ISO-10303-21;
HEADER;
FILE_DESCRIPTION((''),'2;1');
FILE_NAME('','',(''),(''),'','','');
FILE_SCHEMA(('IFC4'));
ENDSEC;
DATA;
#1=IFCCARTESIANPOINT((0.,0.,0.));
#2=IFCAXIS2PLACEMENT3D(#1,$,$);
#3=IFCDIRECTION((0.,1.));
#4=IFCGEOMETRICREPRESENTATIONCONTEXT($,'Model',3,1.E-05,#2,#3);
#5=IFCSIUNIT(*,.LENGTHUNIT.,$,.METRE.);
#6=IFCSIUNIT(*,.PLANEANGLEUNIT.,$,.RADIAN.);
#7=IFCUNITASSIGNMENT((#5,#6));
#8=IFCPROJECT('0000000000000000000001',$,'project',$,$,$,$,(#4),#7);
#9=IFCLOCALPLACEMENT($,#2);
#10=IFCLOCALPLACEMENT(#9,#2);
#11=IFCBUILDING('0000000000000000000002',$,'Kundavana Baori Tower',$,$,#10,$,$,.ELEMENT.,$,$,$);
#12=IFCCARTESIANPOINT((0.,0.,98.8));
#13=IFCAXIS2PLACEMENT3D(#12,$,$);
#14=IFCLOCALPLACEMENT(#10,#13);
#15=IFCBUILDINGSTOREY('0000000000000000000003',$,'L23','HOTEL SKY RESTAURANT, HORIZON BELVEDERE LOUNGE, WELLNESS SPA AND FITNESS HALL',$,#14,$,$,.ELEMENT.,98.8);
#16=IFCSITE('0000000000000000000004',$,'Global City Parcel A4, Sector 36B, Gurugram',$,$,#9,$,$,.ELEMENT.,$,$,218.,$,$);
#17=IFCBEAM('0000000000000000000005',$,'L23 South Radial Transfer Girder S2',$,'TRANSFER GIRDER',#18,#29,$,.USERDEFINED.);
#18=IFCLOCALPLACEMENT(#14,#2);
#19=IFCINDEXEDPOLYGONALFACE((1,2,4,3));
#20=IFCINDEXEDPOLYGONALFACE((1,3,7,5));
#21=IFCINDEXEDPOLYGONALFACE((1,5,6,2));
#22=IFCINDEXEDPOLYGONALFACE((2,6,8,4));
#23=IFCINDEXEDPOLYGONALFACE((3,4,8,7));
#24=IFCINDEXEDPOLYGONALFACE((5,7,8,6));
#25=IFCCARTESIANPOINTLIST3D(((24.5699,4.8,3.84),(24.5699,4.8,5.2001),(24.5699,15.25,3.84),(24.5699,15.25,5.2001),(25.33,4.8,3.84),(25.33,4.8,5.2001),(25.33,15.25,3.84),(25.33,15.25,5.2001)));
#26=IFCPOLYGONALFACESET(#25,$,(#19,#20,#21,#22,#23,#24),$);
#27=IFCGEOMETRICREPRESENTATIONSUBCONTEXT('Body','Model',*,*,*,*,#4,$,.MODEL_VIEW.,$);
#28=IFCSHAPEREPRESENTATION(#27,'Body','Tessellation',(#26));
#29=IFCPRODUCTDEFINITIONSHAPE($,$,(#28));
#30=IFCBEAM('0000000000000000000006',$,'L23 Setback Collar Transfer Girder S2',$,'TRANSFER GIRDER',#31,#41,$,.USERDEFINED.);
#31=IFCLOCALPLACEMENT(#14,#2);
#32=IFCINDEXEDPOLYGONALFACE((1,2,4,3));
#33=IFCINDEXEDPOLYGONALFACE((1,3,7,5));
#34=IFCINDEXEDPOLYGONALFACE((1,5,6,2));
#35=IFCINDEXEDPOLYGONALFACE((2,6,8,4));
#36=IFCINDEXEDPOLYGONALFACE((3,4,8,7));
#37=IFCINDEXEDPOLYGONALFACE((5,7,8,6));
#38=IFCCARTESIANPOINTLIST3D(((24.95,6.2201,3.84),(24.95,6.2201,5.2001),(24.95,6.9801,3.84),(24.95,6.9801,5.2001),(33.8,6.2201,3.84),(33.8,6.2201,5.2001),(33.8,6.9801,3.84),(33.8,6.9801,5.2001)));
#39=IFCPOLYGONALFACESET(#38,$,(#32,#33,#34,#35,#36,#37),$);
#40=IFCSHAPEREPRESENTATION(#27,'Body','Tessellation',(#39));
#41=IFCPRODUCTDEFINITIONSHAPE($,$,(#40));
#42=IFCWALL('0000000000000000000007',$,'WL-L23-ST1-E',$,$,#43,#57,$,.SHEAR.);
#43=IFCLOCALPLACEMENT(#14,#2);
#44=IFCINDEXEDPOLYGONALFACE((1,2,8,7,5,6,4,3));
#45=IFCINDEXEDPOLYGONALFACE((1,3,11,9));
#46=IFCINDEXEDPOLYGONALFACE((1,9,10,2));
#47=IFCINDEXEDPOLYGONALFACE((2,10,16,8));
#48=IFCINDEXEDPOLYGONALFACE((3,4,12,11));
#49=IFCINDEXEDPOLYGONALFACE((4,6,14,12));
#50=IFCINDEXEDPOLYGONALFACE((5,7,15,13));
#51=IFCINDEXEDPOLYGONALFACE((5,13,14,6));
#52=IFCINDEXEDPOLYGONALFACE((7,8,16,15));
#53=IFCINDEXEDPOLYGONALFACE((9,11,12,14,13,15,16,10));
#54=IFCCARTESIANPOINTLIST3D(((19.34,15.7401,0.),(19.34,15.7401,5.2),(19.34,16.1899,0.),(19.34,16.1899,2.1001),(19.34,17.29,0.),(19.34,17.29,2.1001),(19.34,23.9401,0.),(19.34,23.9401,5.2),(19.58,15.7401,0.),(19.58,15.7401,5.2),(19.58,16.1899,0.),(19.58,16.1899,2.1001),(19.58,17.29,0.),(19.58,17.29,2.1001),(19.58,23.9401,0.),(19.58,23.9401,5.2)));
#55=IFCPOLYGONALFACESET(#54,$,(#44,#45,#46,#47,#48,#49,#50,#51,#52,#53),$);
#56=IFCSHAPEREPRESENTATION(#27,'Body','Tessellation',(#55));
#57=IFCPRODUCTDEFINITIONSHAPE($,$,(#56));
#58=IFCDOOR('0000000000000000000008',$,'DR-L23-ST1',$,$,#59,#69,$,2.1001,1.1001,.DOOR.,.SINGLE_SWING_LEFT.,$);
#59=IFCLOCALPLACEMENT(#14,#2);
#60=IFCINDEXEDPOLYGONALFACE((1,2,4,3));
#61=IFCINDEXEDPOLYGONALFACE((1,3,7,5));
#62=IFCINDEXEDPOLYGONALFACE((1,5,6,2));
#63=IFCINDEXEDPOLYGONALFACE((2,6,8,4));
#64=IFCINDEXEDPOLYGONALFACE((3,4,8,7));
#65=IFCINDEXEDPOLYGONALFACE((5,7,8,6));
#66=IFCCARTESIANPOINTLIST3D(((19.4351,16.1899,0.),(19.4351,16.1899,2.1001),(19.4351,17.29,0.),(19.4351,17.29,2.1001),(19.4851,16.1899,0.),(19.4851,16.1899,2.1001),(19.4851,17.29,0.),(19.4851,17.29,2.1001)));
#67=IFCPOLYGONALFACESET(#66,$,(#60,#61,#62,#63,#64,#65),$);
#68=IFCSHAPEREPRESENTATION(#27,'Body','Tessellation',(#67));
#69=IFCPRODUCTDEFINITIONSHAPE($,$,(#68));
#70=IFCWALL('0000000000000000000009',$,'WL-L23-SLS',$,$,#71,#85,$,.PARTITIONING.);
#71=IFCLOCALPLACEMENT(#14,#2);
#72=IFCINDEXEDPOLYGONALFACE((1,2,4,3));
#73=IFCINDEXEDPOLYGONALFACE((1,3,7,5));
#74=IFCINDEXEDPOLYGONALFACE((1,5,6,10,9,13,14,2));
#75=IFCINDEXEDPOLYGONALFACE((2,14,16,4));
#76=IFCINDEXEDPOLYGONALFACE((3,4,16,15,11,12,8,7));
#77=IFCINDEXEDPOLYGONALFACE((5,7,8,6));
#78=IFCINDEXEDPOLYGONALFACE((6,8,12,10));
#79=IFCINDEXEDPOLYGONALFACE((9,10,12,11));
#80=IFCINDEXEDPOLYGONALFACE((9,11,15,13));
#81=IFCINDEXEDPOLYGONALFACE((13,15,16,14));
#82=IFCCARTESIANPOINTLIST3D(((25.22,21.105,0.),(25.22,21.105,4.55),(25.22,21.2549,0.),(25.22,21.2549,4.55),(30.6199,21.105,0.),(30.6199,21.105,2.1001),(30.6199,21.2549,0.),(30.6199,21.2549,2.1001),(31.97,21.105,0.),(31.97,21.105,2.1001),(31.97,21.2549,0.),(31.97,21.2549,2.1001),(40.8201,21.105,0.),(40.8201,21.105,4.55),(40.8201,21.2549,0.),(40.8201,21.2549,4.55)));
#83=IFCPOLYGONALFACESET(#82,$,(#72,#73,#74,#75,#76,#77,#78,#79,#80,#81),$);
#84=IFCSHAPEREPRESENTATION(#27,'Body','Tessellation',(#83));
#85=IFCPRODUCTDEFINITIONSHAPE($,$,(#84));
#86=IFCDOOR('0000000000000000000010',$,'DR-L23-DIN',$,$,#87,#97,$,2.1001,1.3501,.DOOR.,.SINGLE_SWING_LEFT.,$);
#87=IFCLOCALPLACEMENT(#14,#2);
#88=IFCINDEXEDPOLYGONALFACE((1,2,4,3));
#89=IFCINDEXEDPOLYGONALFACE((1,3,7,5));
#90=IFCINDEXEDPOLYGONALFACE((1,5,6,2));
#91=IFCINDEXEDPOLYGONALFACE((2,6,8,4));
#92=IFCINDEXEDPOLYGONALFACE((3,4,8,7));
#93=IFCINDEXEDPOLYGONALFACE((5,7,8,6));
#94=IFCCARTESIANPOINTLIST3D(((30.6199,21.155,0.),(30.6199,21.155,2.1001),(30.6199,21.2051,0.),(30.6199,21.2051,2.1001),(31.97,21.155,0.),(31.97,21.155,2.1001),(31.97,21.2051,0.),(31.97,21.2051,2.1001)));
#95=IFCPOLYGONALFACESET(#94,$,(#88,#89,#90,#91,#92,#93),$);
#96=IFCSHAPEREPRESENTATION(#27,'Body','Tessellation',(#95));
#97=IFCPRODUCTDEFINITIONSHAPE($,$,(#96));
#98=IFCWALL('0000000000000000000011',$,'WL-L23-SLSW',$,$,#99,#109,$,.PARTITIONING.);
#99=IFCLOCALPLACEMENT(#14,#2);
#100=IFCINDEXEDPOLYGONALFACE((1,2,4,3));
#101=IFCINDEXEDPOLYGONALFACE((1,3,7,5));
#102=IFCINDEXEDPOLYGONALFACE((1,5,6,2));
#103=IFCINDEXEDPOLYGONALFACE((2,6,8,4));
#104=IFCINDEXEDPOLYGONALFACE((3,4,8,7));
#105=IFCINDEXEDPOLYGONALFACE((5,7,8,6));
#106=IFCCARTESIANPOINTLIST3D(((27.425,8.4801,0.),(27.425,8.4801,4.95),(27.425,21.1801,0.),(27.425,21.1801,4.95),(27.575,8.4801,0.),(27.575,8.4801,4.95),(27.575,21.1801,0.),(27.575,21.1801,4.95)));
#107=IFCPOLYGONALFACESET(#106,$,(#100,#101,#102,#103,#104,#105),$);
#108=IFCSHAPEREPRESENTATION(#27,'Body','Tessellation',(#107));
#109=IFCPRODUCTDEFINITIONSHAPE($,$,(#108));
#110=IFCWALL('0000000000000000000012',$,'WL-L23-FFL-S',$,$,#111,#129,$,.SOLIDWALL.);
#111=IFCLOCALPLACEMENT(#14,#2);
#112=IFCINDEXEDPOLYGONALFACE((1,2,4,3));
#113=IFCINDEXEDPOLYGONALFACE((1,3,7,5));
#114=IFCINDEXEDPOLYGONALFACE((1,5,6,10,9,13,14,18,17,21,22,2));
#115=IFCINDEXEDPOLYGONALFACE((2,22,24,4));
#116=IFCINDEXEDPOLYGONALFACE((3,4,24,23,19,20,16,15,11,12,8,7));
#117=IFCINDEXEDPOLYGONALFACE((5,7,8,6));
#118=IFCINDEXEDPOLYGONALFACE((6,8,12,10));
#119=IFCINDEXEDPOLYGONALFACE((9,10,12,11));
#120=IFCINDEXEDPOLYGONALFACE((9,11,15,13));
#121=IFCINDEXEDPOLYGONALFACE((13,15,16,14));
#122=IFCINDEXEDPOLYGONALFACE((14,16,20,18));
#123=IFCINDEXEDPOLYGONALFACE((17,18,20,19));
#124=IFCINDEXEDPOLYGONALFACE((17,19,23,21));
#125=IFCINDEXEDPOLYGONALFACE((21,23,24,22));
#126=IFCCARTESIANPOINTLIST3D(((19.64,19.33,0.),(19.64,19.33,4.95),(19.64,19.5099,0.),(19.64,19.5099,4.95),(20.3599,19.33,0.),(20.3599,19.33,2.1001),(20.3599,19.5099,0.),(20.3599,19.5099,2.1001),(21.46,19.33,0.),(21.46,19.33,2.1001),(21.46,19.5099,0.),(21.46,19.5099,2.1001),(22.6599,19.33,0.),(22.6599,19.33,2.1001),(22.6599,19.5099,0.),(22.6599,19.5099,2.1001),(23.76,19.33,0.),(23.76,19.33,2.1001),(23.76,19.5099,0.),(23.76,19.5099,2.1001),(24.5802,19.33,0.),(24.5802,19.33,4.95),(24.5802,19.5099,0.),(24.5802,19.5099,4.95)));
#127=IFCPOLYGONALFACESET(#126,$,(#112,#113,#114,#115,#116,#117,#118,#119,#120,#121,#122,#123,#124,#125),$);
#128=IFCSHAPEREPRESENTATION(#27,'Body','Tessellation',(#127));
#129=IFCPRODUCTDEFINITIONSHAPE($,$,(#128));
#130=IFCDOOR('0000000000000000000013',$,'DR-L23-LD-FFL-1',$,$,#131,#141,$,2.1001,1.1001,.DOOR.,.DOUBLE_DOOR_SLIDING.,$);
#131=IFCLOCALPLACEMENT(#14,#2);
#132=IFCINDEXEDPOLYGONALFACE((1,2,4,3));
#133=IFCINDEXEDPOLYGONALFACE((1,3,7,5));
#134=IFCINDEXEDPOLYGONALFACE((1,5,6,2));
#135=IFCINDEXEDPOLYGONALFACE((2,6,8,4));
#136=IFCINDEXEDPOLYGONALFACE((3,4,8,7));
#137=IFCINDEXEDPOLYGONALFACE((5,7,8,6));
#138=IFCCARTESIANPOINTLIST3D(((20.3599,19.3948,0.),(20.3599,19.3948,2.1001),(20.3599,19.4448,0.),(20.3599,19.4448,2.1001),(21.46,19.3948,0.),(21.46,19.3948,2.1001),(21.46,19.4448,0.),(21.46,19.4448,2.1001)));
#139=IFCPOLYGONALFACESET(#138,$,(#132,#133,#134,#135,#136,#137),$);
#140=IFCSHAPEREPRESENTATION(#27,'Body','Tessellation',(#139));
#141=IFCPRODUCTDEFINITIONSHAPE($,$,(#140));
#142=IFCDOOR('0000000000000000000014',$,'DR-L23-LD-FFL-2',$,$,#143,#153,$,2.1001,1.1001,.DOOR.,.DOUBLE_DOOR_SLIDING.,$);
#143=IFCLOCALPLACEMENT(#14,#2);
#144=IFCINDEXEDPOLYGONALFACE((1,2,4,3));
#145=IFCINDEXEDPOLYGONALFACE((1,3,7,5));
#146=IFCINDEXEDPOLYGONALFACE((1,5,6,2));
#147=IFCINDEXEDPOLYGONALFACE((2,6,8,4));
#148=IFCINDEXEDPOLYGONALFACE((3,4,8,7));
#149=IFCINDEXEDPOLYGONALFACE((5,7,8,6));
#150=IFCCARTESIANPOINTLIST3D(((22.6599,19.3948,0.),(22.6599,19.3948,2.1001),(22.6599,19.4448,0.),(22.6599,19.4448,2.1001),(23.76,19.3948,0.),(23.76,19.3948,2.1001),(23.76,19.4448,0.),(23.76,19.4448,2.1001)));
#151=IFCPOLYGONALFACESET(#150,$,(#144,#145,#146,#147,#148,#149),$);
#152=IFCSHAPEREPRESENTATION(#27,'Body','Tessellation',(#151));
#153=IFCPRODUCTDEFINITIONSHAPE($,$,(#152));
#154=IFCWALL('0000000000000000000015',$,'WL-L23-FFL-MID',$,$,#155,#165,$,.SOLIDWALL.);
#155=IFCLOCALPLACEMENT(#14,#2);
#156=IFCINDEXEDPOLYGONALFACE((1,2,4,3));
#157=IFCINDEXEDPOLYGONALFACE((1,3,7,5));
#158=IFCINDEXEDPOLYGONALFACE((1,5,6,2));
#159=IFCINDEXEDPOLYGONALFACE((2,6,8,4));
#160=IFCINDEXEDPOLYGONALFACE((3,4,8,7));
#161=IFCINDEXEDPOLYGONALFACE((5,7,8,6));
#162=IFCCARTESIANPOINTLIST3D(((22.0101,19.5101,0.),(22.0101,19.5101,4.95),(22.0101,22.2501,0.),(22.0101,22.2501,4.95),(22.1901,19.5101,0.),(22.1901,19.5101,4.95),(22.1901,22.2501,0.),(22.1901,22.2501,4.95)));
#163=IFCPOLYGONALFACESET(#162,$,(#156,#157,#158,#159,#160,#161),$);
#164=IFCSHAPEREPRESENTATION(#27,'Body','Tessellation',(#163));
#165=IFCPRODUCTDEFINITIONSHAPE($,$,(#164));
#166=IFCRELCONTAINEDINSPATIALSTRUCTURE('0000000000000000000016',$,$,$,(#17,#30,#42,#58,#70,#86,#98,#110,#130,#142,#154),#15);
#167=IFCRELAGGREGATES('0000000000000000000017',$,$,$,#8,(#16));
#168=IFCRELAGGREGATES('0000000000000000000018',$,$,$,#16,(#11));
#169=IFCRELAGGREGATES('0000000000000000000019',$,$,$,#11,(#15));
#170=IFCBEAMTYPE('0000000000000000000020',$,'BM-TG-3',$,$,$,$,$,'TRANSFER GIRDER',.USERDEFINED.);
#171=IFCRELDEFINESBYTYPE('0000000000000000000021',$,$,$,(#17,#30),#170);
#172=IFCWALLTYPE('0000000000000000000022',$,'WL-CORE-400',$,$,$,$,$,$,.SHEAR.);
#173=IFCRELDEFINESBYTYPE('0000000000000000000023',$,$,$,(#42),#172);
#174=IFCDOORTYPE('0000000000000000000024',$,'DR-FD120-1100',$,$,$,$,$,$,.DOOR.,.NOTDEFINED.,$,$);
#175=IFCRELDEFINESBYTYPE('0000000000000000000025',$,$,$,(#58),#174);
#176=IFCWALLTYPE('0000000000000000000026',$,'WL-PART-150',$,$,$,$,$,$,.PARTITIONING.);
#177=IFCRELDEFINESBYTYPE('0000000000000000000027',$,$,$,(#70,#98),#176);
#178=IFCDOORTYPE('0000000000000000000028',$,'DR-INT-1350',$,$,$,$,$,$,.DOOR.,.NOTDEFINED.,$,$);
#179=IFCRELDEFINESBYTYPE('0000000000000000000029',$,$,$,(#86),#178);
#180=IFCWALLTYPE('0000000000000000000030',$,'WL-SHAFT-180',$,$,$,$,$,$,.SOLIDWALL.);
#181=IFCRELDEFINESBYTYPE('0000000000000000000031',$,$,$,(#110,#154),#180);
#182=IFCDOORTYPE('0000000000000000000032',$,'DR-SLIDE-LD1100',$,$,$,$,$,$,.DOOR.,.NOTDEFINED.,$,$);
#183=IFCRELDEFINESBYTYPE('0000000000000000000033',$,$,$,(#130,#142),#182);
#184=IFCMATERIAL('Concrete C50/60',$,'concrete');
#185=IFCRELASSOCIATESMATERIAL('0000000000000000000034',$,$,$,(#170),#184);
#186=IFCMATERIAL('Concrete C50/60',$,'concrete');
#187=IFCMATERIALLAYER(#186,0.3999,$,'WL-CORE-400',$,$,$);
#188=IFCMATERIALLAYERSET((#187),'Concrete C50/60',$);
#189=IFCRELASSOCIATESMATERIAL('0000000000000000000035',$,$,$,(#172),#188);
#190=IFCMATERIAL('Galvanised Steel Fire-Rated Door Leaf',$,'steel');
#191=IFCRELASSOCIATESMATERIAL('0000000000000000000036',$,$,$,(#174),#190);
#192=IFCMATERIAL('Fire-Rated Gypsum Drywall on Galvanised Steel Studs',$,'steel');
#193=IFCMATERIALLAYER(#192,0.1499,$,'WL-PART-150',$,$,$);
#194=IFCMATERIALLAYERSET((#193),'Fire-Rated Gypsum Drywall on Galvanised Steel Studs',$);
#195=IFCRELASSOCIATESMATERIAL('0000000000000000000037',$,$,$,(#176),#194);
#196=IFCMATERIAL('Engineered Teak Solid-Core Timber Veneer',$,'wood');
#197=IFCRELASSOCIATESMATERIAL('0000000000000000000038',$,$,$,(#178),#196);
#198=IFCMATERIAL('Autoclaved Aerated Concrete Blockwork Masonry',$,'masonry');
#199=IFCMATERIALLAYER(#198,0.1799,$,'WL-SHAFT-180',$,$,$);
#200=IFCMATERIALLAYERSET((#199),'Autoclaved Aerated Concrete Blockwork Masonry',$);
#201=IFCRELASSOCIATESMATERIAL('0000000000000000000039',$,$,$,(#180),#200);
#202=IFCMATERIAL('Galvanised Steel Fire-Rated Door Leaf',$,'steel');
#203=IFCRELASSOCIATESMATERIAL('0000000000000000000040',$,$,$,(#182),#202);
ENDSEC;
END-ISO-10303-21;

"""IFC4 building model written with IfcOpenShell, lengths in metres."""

from ifc_helpers import new_model, si_unit, direction, frame, frame_2d, origin, origin_2d, place, context, subcontext, project, spatial, rectangle, extrude, material, layer, layer_set, material_profile, profile_set, type_object, element, fill, save


model = new_model("IFC4")

# Units and contexts
model_context = context("Model", 3, precision=1e-05, world=origin(), true_north=direction((0.0, 1.0)))
body_context = subcontext(model_context, "Body", "Model", "MODEL_VIEW")
ifc_project = project(units=[si_unit("LENGTHUNIT", "METRE"), si_unit("PLANEANGLEUNIT", "RADIAN")], contexts=[model_context])

# Site, building, storey
site_placement = place(None, origin())
site = spatial("IfcSite", under=ifc_project, at=site_placement, Name="Global City Parcel A4, Sector 36B, Gurugram", CompositionType="ELEMENT", RefElevation=218.0)
building_placement = place(site_placement, origin())
building = spatial("IfcBuilding", under=site, at=building_placement, Name="Kundavana Baori Tower", CompositionType="ELEMENT")
storey_placement = place(building_placement, frame((0.0, 0.0, 98.8)))
storey = spatial("IfcBuildingStorey", under=building, at=storey_placement, Name="L23", Description="HOTEL SKY RESTAURANT, HORIZON BELVEDERE LOUNGE, WELLNESS SPA AND FITNESS HALL", CompositionType="ELEMENT", Elevation=98.8)

# Beams
ifc_material_1 = material(Name="Concrete C50/60", Category="concrete")
ifc_material_profile_1 = material_profile(ifc_material_1, rectangle(XDim=0.76, YDim=1.3601, at=origin_2d()), Name="BM-TG-3")
ifc_profile_set_1 = profile_set([ifc_material_profile_1], Name="Concrete C50/60")
beam_type_1 = type_object("IfcBeamType", Name="BM-TG-3", ElementType="TRANSFER GIRDER", PredefinedType="USERDEFINED", material=ifc_profile_set_1)
beam_1_placement = place(storey_placement, frame((24.95, 15.25, 4.52), z_axis=(0.0, -1.0, 0.0), x_axis=(1.0, 0.0, 0.0)))
element("IfcBeam", 1, at=beam_1_placement, inside=storey, type_object=beam_type_1, Name="L23 South Radial Transfer Girder S2", ObjectType="TRANSFER GIRDER", PredefinedType="USERDEFINED", context=body_context, shape_type="SweptSolid", body=[
    extrude(rectangle(XDim=0.76, YDim=1.3601, at=origin_2d()), origin(), (0.0, 0.0, 1.0), 10.45),
])
beam_2_placement = place(storey_placement, frame((24.95, 6.6001, 4.52), z_axis=(1.0, 0.0, 0.0), x_axis=(0.0, 1.0, 0.0)))
element("IfcBeam", 2, at=beam_2_placement, inside=storey, type_object=beam_type_1, Name="L23 Setback Collar Transfer Girder S2", ObjectType="TRANSFER GIRDER", PredefinedType="USERDEFINED", context=body_context, shape_type="SweptSolid", body=[
    extrude(rectangle(XDim=0.76, YDim=1.3601, at=origin_2d()), origin(), (0.0, 0.0, 1.0), 8.8501),
])

# Wall, opening, door
ifc_material_2 = material(Name="Concrete C50/60", Category="concrete")
ifc_layer_1 = layer(ifc_material_2, 0.3999, Name="WL-CORE-400")
ifc_layer_set_1 = layer_set([ifc_layer_1], Name="Concrete C50/60")
wall_type_1 = type_object("IfcWallType", Name="WL-CORE-400", PredefinedType="SHEAR", material=ifc_layer_set_1)
wall_1_placement = place(storey_placement, frame((19.46, 15.74, 0.0), z_axis=(0.0, 0.0, 1.0), x_axis=(0.0, 1.0, 0.0)))
wall_1 = element("IfcWall", 3, at=wall_1_placement, inside=storey, type_object=wall_type_1, Name="WL-L23-ST1-E", PredefinedType="SHEAR", context=body_context, shape_type="SweptSolid", body=[
    extrude(rectangle(XDim=8.2, YDim=0.24, at=frame_2d((4.1001, 0.0))), origin(), (0.0, 0.0, 1.0), 5.2),
])
opening_1_placement = place(wall_1_placement, frame((0.45, 0.0, 0.0)))
opening_1 = element("IfcOpeningElement", 4, at=opening_1_placement, cuts=wall_1, PredefinedType="OPENING", context=body_context, shape_type="SweptSolid", body=[
    extrude(rectangle(XDim=1.1001, YDim=2.1001, at=frame_2d((0.55, 1.05))), frame((0.0, 0.1299, 0.0), z_axis=(0.0, -1.0, 0.0), x_axis=(1.0, 0.0, 0.0)), (0.0, 0.0, 1.0), 0.26),
])
ifc_material_3 = material(Name="Galvanised Steel Fire-Rated Door Leaf", Category="steel")
door_type_1 = type_object("IfcDoorType", Name="DR-FD120-1100", OperationType="NOTDEFINED", PredefinedType="DOOR", material=ifc_material_3)
door_1_placement = place(opening_1_placement, origin())
door_1 = element("IfcDoor", 5, at=door_1_placement, inside=storey, type_object=door_type_1, Name="DR-L23-ST1", OperationType="SINGLE_SWING_LEFT", OverallHeight=2.1001, OverallWidth=1.1001, PredefinedType="DOOR", context=body_context, shape_type="SweptSolid", body=[
    extrude(rectangle(XDim=1.1001, YDim=2.1001, at=frame_2d((0.55, 1.05))), frame((0.0, 0.0249, 0.0), z_axis=(0.0, -1.0, 0.0), x_axis=(1.0, 0.0, 0.0)), (0.0, 0.0, 1.0), 0.05),
])
fill(opening_1, door_1)

# Wall, opening, door
ifc_material_4 = material(Name="Fire-Rated Gypsum Drywall on Galvanised Steel Studs", Category="steel")
ifc_layer_2 = layer(ifc_material_4, 0.1499, Name="WL-PART-150")
ifc_layer_set_2 = layer_set([ifc_layer_2], Name="Fire-Rated Gypsum Drywall on Galvanised Steel Studs")
wall_type_2 = type_object("IfcWallType", Name="WL-PART-150", PredefinedType="PARTITIONING", material=ifc_layer_set_2)
wall_2_placement = place(storey_placement, frame((25.22, 21.1799, 0.0), z_axis=(0.0, 0.0, 1.0), x_axis=(1.0, 0.0, 0.0)))
wall_2 = element("IfcWall", 6, at=wall_2_placement, inside=storey, type_object=wall_type_2, Name="WL-L23-SLS", PredefinedType="PARTITIONING", context=body_context, shape_type="SweptSolid", body=[
    extrude(rectangle(XDim=15.6001, YDim=0.1499, at=frame_2d((7.8, 0.0))), origin(), (0.0, 0.0, 1.0), 4.55),
])
opening_2_placement = place(wall_2_placement, frame((5.3999, 0.0, 0.0)))
opening_2 = element("IfcOpeningElement", 7, at=opening_2_placement, cuts=wall_2, PredefinedType="OPENING", context=body_context, shape_type="SweptSolid", body=[
    extrude(rectangle(XDim=1.3501, YDim=2.1001, at=frame_2d((0.675, 1.05))), frame((0.0, 0.085, 0.0), z_axis=(0.0, -1.0, 0.0), x_axis=(1.0, 0.0, 0.0)), (0.0, 0.0, 1.0), 0.1699),
])
ifc_material_5 = material(Name="Engineered Teak Solid-Core Timber Veneer", Category="wood")
door_type_2 = type_object("IfcDoorType", Name="DR-INT-1350", OperationType="NOTDEFINED", PredefinedType="DOOR", material=ifc_material_5)
door_2_placement = place(opening_2_placement, frame((1.3501, 0.0, 0.0), z_axis=(0.0, 0.0, 1.0), x_axis=(-1.0, 0.0, 0.0)))
door_2 = element("IfcDoor", 8, at=door_2_placement, inside=storey, type_object=door_type_2, Name="DR-L23-DIN", OperationType="SINGLE_SWING_LEFT", OverallHeight=2.1001, OverallWidth=1.3501, PredefinedType="DOOR", context=body_context, shape_type="SweptSolid", body=[
    extrude(rectangle(XDim=1.3501, YDim=2.1001, at=frame_2d((0.675, 1.05))), frame((0.0, 0.0249, 0.0), z_axis=(0.0, -1.0, 0.0), x_axis=(1.0, 0.0, 0.0)), (0.0, 0.0, 1.0), 0.05),
])
fill(opening_2, door_2)

# Wall
wall_3_placement = place(storey_placement, frame((27.5, 8.48, 0.0), z_axis=(0.0, 0.0, 1.0), x_axis=(0.0, 1.0, 0.0)))
element("IfcWall", 9, at=wall_3_placement, inside=storey, type_object=wall_type_2, Name="WL-L23-SLSW", PredefinedType="PARTITIONING", context=body_context, shape_type="SweptSolid", body=[
    extrude(rectangle(XDim=12.7, YDim=0.1499, at=frame_2d((6.3501, 0.0))), origin(), (0.0, 0.0, 1.0), 4.95),
])

# Wall, openings, doors
ifc_material_6 = material(Name="Autoclaved Aerated Concrete Blockwork Masonry", Category="masonry")
ifc_layer_3 = layer(ifc_material_6, 0.1799, Name="WL-SHAFT-180")
ifc_layer_set_3 = layer_set([ifc_layer_3], Name="Autoclaved Aerated Concrete Blockwork Masonry")
wall_type_3 = type_object("IfcWallType", Name="WL-SHAFT-180", PredefinedType="SOLIDWALL", material=ifc_layer_set_3)
wall_4_placement = place(storey_placement, frame((19.6399, 19.4199, 0.0), z_axis=(0.0, 0.0, 1.0), x_axis=(1.0, 0.0, 0.0)))
wall_4 = element("IfcWall", 10, at=wall_4_placement, inside=storey, type_object=wall_type_3, Name="WL-L23-FFL-S", PredefinedType="SOLIDWALL", context=body_context, shape_type="SweptSolid", body=[
    extrude(rectangle(XDim=4.9402, YDim=0.1799, at=frame_2d((2.4702, 0.0))), origin(), (0.0, 0.0, 1.0), 4.95),
])
opening_3_placement = place(wall_4_placement, frame((0.72, 0.0, 0.0)))
opening_3 = element("IfcOpeningElement", 11, at=opening_3_placement, cuts=wall_4, PredefinedType="OPENING", context=body_context, shape_type="SweptSolid", body=[
    extrude(rectangle(XDim=1.1001, YDim=2.1001, at=frame_2d((0.55, 1.05))), frame((0.0, 0.1001, 0.0), z_axis=(0.0, -1.0, 0.0), x_axis=(1.0, 0.0, 0.0)), (0.0, 0.0, 1.0), 0.2),
])
opening_4_placement = place(wall_4_placement, frame((3.02, 0.0, 0.0)))
opening_4 = element("IfcOpeningElement", 12, at=opening_4_placement, cuts=wall_4, PredefinedType="OPENING", context=body_context, shape_type="SweptSolid", body=[
    extrude(rectangle(XDim=1.1001, YDim=2.1001, at=frame_2d((0.55, 1.05))), frame((0.0, 0.1001, 0.0), z_axis=(0.0, -1.0, 0.0), x_axis=(1.0, 0.0, 0.0)), (0.0, 0.0, 1.0), 0.2),
])
ifc_material_7 = material(Name="Galvanised Steel Fire-Rated Door Leaf", Category="steel")
door_type_3 = type_object("IfcDoorType", Name="DR-SLIDE-LD1100", OperationType="NOTDEFINED", PredefinedType="DOOR", material=ifc_material_7)
door_3_placement = place(opening_3_placement, origin())
door_3 = element("IfcDoor", 13, at=door_3_placement, inside=storey, type_object=door_type_3, Name="DR-L23-LD-FFL-1", OperationType="DOUBLE_DOOR_SLIDING", OverallHeight=2.1001, OverallWidth=1.1001, PredefinedType="DOOR", context=body_context, shape_type="SweptSolid", body=[
    extrude(rectangle(XDim=1.1001, YDim=2.1001, at=frame_2d((0.55, 1.05))), frame((0.0, 0.0249, 0.0), z_axis=(0.0, -1.0, 0.0), x_axis=(1.0, 0.0, 0.0)), (0.0, 0.0, 1.0), 0.05),
])
fill(opening_3, door_3)
door_4_placement = place(opening_4_placement, origin())
door_4 = element("IfcDoor", 14, at=door_4_placement, inside=storey, type_object=door_type_3, Name="DR-L23-LD-FFL-2", OperationType="DOUBLE_DOOR_SLIDING", OverallHeight=2.1001, OverallWidth=1.1001, PredefinedType="DOOR", context=body_context, shape_type="SweptSolid", body=[
    extrude(rectangle(XDim=1.1001, YDim=2.1001, at=frame_2d((0.55, 1.05))), frame((0.0, 0.0249, 0.0), z_axis=(0.0, -1.0, 0.0), x_axis=(1.0, 0.0, 0.0)), (0.0, 0.0, 1.0), 0.05),
])
fill(opening_4, door_4)

# Wall
wall_5_placement = place(storey_placement, frame((22.1001, 19.51, 0.0), z_axis=(0.0, 0.0, 1.0), x_axis=(0.0, 1.0, 0.0)))
element("IfcWall", 15, at=wall_5_placement, inside=storey, type_object=wall_type_3, Name="WL-L23-FFL-MID", PredefinedType="SOLIDWALL", context=body_context, shape_type="SweptSolid", body=[
    extrude(rectangle(XDim=2.74, YDim=0.1799, at=frame_2d((1.3701, 0.0))), origin(), (0.0, 0.0, 1.0), 4.95),
])

save(model, "model.ifc")
